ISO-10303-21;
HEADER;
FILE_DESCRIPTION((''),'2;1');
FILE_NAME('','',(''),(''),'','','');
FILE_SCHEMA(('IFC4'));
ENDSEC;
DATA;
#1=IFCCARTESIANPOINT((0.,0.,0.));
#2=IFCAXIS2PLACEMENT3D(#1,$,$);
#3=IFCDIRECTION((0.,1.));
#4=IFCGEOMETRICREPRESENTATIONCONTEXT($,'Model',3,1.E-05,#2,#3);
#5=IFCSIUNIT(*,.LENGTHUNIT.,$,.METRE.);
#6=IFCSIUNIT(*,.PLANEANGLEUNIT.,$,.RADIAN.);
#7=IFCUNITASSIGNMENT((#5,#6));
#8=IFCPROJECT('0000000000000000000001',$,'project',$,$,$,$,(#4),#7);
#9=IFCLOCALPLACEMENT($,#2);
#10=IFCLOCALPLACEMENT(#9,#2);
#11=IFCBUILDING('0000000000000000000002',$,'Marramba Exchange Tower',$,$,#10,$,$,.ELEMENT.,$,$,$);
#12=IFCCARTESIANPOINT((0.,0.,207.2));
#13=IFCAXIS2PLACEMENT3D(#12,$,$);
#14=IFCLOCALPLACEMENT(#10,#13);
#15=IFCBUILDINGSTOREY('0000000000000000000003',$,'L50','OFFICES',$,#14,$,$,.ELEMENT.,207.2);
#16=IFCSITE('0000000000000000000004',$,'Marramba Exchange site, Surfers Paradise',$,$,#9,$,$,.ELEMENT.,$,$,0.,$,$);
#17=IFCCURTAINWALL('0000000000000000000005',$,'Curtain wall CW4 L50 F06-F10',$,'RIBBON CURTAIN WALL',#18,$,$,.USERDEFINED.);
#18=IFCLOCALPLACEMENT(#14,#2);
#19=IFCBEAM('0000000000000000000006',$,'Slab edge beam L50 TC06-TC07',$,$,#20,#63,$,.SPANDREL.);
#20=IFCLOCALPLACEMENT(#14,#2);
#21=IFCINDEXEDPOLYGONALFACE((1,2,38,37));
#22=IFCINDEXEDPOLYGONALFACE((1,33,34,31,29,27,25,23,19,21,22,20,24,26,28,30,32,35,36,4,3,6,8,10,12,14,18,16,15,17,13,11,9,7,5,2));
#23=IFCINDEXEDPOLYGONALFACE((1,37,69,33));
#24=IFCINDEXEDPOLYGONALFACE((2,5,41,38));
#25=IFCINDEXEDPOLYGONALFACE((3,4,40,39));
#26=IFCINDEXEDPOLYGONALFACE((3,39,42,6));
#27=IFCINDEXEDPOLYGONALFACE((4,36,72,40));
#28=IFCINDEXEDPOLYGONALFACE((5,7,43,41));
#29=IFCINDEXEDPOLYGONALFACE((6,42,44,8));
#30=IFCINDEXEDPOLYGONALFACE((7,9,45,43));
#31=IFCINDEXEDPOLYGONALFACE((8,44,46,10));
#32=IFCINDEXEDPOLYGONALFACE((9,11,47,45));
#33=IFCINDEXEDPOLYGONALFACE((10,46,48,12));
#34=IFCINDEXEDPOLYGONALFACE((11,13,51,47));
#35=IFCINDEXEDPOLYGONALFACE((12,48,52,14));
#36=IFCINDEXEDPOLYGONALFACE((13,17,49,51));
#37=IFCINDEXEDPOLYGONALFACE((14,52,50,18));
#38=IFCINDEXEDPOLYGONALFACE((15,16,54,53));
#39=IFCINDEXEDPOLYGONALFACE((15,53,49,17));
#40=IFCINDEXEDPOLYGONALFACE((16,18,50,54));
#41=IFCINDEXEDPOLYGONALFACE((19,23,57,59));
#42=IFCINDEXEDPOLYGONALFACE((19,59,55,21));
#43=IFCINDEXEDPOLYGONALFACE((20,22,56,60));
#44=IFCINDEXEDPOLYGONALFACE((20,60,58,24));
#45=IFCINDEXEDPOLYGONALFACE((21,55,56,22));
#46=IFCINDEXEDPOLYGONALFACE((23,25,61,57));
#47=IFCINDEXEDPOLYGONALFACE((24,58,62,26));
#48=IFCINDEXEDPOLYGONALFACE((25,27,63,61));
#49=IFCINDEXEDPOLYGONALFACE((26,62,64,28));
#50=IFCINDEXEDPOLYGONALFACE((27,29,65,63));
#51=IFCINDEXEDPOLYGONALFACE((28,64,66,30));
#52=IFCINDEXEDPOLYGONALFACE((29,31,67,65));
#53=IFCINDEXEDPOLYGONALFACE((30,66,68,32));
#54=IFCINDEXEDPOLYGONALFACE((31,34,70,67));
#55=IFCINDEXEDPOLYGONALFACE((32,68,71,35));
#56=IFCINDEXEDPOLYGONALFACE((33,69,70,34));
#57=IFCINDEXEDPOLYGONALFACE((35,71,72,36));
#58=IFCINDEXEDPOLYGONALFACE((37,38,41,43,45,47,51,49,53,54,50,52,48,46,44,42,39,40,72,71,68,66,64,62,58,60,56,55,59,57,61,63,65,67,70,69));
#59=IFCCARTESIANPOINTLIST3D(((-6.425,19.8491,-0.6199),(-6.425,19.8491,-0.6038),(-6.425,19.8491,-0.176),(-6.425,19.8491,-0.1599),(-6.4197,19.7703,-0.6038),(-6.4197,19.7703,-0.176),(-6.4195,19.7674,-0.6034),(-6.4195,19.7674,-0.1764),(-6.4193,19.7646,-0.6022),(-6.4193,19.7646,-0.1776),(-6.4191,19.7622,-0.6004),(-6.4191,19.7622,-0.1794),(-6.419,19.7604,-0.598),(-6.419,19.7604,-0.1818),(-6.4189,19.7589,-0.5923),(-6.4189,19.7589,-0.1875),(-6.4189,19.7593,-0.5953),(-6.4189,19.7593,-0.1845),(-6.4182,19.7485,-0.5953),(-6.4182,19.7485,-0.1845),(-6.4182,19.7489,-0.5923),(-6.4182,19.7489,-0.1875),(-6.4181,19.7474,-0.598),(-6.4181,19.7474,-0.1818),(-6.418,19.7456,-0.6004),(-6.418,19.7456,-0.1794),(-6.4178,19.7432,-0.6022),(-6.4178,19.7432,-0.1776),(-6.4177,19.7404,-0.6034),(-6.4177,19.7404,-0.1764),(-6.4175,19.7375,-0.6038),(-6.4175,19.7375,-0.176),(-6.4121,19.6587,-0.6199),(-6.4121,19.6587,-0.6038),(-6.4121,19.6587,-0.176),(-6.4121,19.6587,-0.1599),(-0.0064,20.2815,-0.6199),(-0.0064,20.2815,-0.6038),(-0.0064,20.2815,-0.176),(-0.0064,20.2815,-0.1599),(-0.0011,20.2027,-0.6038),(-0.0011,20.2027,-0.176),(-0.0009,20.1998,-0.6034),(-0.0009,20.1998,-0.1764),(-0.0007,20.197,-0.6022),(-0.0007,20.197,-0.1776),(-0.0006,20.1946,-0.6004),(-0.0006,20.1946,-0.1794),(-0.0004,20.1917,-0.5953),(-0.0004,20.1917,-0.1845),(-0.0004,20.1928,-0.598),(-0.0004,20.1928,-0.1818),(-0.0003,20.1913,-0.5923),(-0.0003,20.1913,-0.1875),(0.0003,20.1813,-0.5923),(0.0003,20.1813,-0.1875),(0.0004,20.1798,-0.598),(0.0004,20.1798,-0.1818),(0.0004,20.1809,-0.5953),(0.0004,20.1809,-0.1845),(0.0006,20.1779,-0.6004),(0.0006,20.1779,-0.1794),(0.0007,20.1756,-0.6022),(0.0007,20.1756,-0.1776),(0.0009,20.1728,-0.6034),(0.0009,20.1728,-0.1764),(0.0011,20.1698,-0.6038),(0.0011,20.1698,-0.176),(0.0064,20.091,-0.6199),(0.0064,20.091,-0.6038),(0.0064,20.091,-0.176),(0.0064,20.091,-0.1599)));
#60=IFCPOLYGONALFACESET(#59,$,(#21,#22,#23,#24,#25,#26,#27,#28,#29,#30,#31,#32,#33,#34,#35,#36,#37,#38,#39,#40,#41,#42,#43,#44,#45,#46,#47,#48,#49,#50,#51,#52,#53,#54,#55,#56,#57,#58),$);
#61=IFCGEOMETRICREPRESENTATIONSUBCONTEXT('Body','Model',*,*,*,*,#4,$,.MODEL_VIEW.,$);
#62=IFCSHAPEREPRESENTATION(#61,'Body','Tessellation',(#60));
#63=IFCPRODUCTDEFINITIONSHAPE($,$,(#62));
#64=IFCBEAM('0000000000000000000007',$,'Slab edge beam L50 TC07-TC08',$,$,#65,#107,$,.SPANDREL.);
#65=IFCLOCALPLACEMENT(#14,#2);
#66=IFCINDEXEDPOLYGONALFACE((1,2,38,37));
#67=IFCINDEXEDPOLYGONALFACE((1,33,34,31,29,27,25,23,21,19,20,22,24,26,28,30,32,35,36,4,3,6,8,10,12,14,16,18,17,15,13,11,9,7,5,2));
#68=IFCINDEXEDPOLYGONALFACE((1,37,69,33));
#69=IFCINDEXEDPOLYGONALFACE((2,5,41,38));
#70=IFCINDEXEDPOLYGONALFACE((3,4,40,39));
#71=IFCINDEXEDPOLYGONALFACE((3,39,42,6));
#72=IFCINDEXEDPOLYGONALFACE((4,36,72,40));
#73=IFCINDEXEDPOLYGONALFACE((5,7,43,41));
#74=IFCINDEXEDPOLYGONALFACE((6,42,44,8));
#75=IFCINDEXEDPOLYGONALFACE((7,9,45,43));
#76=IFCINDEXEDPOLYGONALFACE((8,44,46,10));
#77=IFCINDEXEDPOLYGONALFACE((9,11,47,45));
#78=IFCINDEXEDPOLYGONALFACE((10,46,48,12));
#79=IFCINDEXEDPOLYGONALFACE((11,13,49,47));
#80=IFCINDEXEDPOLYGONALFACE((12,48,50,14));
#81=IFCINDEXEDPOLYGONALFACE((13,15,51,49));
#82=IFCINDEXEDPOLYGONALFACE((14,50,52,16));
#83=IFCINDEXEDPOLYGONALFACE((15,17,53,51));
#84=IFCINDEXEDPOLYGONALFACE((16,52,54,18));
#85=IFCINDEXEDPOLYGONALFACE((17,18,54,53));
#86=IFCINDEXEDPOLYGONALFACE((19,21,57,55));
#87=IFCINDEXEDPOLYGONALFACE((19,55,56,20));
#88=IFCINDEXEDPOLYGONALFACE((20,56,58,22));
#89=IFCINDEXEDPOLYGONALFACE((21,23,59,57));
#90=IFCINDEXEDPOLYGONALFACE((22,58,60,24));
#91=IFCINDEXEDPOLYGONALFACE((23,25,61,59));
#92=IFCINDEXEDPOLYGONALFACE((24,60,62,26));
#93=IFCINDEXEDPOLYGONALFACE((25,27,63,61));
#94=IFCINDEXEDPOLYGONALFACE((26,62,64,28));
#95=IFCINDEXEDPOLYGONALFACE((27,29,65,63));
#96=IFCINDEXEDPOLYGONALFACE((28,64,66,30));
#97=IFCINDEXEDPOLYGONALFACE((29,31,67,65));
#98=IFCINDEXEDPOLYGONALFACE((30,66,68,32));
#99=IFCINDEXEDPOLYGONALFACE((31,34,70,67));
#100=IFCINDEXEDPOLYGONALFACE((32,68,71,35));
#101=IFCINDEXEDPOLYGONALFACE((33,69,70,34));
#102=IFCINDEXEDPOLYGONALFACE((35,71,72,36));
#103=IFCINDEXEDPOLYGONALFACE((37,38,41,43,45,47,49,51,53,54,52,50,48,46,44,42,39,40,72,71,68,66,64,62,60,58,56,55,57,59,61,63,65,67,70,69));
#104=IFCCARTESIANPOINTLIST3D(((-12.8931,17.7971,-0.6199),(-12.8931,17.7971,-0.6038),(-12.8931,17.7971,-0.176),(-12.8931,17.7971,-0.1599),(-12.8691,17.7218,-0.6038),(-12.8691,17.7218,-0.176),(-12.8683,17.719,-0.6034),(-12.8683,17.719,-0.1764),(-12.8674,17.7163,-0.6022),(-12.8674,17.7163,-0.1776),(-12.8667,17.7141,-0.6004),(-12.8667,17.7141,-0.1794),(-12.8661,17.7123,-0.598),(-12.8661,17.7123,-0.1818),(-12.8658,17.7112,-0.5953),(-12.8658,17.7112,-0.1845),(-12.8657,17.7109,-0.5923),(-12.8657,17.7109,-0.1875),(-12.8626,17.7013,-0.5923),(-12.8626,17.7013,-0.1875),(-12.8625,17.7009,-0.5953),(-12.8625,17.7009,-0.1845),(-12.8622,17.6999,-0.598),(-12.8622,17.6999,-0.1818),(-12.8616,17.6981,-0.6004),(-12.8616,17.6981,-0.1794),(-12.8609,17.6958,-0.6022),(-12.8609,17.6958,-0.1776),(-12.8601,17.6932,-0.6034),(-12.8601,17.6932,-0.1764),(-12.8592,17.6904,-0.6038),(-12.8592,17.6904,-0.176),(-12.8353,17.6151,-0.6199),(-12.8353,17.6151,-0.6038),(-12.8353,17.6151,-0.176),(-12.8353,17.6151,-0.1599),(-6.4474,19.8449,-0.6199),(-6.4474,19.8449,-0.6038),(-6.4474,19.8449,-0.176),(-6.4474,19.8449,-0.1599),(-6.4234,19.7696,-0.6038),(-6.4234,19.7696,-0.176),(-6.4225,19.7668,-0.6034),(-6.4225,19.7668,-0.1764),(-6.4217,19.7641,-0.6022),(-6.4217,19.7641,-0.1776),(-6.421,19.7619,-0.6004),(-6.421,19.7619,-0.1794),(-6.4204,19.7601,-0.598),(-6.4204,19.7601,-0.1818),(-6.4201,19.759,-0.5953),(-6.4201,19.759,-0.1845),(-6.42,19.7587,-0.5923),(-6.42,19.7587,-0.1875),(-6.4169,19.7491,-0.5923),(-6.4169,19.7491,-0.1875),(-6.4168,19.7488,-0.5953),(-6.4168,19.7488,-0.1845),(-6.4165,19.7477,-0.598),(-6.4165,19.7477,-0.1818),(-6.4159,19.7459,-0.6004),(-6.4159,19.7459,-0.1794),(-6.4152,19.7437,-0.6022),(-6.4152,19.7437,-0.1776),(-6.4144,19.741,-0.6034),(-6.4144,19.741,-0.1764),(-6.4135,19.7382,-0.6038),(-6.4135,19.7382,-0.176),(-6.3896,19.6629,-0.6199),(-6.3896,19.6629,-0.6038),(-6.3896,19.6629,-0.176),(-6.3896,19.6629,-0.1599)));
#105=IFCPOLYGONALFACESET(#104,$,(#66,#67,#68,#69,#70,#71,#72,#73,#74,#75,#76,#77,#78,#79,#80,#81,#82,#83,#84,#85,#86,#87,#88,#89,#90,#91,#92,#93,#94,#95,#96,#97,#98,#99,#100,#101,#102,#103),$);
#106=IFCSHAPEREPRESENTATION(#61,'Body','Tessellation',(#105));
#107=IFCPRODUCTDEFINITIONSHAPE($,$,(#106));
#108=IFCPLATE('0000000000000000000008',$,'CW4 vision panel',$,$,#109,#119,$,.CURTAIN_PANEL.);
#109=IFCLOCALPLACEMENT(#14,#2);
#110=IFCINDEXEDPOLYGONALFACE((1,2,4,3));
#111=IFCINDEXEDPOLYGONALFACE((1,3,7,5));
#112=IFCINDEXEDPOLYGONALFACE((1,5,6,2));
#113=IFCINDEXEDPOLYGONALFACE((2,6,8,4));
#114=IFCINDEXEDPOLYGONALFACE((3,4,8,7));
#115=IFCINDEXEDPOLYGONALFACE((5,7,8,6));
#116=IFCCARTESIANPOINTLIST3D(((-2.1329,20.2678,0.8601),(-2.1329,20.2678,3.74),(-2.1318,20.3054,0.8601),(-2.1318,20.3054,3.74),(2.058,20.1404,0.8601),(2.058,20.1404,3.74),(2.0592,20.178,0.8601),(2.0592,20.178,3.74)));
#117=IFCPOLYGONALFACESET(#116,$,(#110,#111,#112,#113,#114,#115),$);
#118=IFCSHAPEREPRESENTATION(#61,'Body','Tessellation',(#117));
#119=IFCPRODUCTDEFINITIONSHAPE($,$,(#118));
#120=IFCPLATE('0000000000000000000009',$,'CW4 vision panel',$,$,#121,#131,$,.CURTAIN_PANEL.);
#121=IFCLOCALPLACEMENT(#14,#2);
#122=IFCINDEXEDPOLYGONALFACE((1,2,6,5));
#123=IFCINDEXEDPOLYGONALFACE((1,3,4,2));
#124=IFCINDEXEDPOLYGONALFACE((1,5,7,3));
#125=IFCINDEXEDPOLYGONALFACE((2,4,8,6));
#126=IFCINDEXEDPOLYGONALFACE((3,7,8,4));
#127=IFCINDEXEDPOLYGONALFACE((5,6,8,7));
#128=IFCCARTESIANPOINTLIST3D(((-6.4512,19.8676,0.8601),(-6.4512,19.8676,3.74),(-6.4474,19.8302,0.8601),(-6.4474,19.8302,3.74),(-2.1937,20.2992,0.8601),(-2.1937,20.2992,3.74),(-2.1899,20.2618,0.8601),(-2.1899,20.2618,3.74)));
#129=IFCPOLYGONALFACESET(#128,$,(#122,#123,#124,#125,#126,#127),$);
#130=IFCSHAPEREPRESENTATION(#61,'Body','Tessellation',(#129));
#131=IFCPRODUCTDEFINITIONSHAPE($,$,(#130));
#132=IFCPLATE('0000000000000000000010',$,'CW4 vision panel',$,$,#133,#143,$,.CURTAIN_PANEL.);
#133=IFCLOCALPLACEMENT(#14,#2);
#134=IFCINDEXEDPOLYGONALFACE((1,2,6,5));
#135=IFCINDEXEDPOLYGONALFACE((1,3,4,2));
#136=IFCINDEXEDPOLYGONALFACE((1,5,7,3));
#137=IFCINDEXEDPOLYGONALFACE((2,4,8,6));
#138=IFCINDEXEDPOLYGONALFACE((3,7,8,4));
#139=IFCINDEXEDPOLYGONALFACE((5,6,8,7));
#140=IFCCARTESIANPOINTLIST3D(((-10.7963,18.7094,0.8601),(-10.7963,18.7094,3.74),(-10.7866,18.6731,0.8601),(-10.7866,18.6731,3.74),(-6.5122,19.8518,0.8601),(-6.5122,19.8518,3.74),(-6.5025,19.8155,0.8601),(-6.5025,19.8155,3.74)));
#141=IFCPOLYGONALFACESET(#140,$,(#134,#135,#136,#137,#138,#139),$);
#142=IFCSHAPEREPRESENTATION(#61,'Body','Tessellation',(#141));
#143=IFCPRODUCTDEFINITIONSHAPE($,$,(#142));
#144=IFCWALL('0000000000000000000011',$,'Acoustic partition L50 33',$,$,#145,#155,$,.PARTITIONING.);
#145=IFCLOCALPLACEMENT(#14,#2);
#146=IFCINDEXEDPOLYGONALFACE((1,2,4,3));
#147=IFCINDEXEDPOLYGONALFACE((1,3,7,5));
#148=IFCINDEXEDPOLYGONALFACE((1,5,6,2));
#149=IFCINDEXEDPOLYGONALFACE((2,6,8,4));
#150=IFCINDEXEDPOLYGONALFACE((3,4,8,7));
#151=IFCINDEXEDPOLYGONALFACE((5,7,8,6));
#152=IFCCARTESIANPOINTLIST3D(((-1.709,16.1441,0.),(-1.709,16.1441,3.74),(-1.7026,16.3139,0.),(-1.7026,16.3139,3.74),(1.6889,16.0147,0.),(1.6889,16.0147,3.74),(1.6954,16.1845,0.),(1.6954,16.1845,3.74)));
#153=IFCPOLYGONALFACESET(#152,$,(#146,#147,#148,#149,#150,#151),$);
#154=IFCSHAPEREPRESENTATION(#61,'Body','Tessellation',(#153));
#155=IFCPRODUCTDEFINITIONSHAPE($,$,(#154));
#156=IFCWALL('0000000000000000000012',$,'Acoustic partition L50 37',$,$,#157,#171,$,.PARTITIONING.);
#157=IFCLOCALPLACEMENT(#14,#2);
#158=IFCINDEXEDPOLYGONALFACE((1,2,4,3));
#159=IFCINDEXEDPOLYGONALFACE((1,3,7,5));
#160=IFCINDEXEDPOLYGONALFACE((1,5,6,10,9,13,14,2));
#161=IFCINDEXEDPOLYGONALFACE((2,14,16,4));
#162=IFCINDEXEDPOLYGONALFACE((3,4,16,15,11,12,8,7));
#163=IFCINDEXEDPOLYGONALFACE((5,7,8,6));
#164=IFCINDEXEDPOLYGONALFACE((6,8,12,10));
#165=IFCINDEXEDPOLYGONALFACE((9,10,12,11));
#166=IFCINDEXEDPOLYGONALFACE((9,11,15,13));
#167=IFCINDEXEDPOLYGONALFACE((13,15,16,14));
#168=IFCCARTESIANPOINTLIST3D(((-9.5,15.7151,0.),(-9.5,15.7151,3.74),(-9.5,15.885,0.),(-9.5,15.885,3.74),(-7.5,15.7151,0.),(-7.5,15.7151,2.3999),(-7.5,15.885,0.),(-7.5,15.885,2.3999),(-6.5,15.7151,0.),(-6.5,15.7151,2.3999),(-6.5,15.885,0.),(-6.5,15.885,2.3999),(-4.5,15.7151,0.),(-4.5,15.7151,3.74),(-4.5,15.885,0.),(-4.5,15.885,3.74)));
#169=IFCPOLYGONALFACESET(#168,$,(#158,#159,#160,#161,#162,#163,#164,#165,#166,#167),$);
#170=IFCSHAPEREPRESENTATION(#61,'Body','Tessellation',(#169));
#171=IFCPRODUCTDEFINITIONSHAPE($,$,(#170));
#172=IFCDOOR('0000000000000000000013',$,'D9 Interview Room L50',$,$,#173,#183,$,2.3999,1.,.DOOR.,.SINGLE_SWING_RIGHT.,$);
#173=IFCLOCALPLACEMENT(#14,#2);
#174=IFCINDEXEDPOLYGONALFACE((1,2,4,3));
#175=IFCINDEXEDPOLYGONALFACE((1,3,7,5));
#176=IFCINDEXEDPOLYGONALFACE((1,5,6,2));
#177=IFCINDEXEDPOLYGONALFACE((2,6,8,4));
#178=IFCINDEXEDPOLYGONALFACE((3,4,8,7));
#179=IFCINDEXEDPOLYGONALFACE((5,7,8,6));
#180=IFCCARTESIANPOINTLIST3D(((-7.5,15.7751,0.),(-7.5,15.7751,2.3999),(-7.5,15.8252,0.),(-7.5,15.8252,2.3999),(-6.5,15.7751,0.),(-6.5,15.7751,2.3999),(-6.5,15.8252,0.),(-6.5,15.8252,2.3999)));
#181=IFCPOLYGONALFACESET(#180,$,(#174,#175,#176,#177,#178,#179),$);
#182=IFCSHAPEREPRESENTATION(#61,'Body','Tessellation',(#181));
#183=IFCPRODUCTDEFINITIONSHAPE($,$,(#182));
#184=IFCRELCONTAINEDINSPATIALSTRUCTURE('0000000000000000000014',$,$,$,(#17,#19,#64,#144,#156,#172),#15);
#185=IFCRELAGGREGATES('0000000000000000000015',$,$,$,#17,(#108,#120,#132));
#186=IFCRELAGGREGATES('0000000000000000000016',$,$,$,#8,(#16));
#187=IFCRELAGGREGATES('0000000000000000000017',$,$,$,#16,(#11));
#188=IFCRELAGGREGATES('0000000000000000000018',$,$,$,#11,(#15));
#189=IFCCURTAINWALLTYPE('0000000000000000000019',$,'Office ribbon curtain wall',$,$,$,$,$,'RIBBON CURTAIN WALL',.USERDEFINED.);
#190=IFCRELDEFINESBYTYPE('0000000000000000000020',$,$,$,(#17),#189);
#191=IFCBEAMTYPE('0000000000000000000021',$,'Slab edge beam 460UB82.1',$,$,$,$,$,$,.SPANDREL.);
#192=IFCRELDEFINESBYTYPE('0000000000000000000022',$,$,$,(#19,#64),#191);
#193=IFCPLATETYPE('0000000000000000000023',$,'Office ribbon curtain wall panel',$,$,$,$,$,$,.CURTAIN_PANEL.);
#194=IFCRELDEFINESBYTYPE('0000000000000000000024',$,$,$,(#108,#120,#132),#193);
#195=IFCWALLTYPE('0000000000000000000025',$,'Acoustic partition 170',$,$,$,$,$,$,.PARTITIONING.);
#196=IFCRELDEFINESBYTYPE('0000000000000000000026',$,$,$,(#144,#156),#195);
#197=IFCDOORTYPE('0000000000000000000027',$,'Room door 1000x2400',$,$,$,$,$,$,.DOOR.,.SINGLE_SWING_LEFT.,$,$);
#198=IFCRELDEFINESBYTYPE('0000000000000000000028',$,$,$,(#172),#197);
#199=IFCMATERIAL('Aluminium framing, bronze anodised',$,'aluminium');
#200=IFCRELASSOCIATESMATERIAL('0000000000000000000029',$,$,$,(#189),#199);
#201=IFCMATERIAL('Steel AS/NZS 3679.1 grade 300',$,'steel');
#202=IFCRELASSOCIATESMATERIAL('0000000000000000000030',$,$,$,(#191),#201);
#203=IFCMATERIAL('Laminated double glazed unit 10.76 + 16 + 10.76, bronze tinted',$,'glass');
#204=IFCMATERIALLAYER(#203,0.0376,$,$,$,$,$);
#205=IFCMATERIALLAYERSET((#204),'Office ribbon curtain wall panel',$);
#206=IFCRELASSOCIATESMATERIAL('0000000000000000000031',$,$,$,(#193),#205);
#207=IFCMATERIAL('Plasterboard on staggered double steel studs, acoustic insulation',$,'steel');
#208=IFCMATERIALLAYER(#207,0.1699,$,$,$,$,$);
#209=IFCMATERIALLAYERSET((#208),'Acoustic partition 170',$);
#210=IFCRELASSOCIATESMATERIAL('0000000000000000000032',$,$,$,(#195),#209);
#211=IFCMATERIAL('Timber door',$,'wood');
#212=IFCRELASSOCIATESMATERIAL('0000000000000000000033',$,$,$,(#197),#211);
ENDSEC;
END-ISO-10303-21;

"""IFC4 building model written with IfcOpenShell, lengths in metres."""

from ifc_helpers import new_model, si_unit, direction, frame, frame_2d, origin, origin_2d, place, context, subcontext, project, spatial, rectangle, i_section, extrude, material, layer, layer_set, material_profile, profile_set, type_object, element, fill, aggregate, save


model = new_model("IFC4")

# Units and contexts
model_context = context("Model", 3, precision=1e-05, world=origin(), true_north=direction((0.0, 1.0)))
body_context = subcontext(model_context, "Body", "Model", "MODEL_VIEW")
ifc_project = project(units=[si_unit("LENGTHUNIT", "METRE"), si_unit("PLANEANGLEUNIT", "RADIAN")], contexts=[model_context])

# Site, building, storey
site_placement = place(None, origin())
site = spatial("IfcSite", under=ifc_project, at=site_placement, Name="Marramba Exchange site, Surfers Paradise", CompositionType="ELEMENT", RefElevation=0.0)
building_placement = place(site_placement, origin())
building = spatial("IfcBuilding", under=site, at=building_placement, Name="Marramba Exchange Tower", CompositionType="ELEMENT")
storey_placement = place(building_placement, frame((0.0, 0.0, 207.2)))
storey = spatial("IfcBuildingStorey", under=building, at=storey_placement, Name="L50", Description="OFFICES", CompositionType="ELEMENT", Elevation=207.2)

# Curtain wall
ifc_material_1 = material(Name="Aluminium framing, bronze anodised", Category="aluminium")
curtain_wall_type = type_object("IfcCurtainWallType", Name="Office ribbon curtain wall", ElementType="RIBBON CURTAIN WALL", PredefinedType="USERDEFINED", material=ifc_material_1)
curtain_wall_1_placement = place(storey_placement, origin())
curtain_wall_1 = element("IfcCurtainWall", 1, at=curtain_wall_1_placement, inside=storey, type_object=curtain_wall_type, Name="Curtain wall CW4 L50 F06-F10", ObjectType="RIBBON CURTAIN WALL", PredefinedType="USERDEFINED")

# Beams
ifc_material_2 = material(Name="Steel AS/NZS 3679.1 grade 300", Category="steel")
ifc_material_profile_1 = material_profile(ifc_material_2, i_section(OverallWidth=0.1909, OverallDepth=0.46, WebThickness=0.01, FlangeThickness=0.0161, FilletRadius=0.0115, at=origin_2d()), Name="460UB82.1")
ifc_profile_set_1 = profile_set([ifc_material_profile_1], Name="Steel AS/NZS 3679.1 grade 300")
beam_type_1 = type_object("IfcBeamType", Name="Slab edge beam 460UB82.1", PredefinedType="SPANDREL", material=ifc_profile_set_1)
beam_1_placement = place(storey_placement, frame((0.0, 20.1863, -0.3899), z_axis=(-0.997739, -0.067212, 0.0), x_axis=(0.067212, -0.997739, 0.0)))
element("IfcBeam", 2, at=beam_1_placement, inside=storey, type_object=beam_type_1, Name="Slab edge beam L50 TC06-TC07", PredefinedType="SPANDREL", context=body_context, shape_type="SweptSolid", body=[
    extrude(i_section(OverallWidth=0.1909, OverallDepth=0.46, WebThickness=0.01, FlangeThickness=0.0161, FilletRadius=0.0115, at=origin_2d()), origin(), (0.0, 0.0, 1.0), 6.4331),
])
beam_2_placement = place(storey_placement, frame((-6.4185, 19.7539, -0.3899), z_axis=(-0.953057, -0.302789, 0.0), x_axis=(0.302789, -0.953057, 0.0)))
element("IfcBeam", 3, at=beam_2_placement, inside=storey, type_object=beam_type_1, Name="Slab edge beam L50 TC07-TC08", PredefinedType="SPANDREL", context=body_context, shape_type="SweptSolid", body=[
    extrude(i_section(OverallWidth=0.1909, OverallDepth=0.46, WebThickness=0.01, FlangeThickness=0.0161, FilletRadius=0.0115, at=origin_2d()), origin(), (0.0, 0.0, 1.0), 6.7632),
])

# Plates
ifc_material_3 = material(Name="Laminated double glazed unit 10.76 + 16 + 10.76, bronze tinted", Category="glass")
ifc_layer_1 = layer(ifc_material_3, 0.0376)
ifc_layer_set_1 = layer_set([ifc_layer_1], Name="Office ribbon curtain wall panel")
plate_type = type_object("IfcPlateType", Name="Office ribbon curtain wall panel", PredefinedType="CURTAIN_PANEL", material=ifc_layer_set_1)
plate_1_placement = place(storey_placement, frame((-0.0369, 20.2229, 0.8601), z_axis=(0.0, 0.0, 1.0), x_axis=(-0.999538, 0.030394, 0.0)))
plate_1 = element("IfcPlate", 4, at=plate_1_placement, type_object=plate_type, Name="CW4 vision panel", PredefinedType="CURTAIN_PANEL", context=body_context, shape_type="SweptSolid", body=[
    extrude(rectangle(XDim=4.1929, YDim=0.0376, at=origin_2d()), origin(), (0.0, 0.0, 1.0), 2.8799),
])
plate_2_placement = place(storey_placement, frame((-4.3206, 20.0647, 0.8601), z_axis=(0.0, 0.0, 1.0), x_axis=(-0.9949, -0.100863, 0.0)))
plate_2 = element("IfcPlate", 5, at=plate_2_placement, type_object=plate_type, Name="CW4 vision panel", PredefinedType="CURTAIN_PANEL", context=body_context, shape_type="SweptSolid", body=[
    extrude(rectangle(XDim=4.2793, YDim=0.0376, at=origin_2d()), origin(), (0.0, 0.0, 1.0), 2.8799),
])
plate_3_placement = place(storey_placement, frame((-8.6494, 19.2625, 0.8601), z_axis=(0.0, 0.0, 1.0), x_axis=(-0.966241, -0.257641, 0.0)))
plate_3 = element("IfcPlate", 6, at=plate_3_placement, type_object=plate_type, Name="CW4 vision panel", PredefinedType="CURTAIN_PANEL", context=body_context, shape_type="SweptSolid", body=[
    extrude(rectangle(XDim=4.4338, YDim=0.0376, at=origin_2d()), origin(), (0.0, 0.0, 1.0), 2.8799),
])
aggregate(curtain_wall_1, [plate_1, plate_2, plate_3])

# Wall
ifc_material_4 = material(Name="Plasterboard on staggered double steel studs, acoustic insulation", Category="steel")
ifc_layer_2 = layer(ifc_material_4, 0.1699)
ifc_layer_set_2 = layer_set([ifc_layer_2], Name="Acoustic partition 170")
wall_type = type_object("IfcWallType", Name="Acoustic partition 170", PredefinedType="PARTITIONING", material=ifc_layer_set_2)
wall_1_placement = place(storey_placement, frame((-1.7058, 16.229, 0.0), z_axis=(0.0, 0.0, 1.0), x_axis=(0.999276, -0.038053, 0.0)))
element("IfcWall", 7, at=wall_1_placement, inside=storey, type_object=wall_type, Name="Acoustic partition L50 33", PredefinedType="PARTITIONING", context=body_context, shape_type="SweptSolid", body=[
    extrude(rectangle(XDim=3.4004, YDim=0.1699, at=frame_2d((1.7002, 0.0))), origin(), (0.0, 0.0, 1.0), 3.74),
])

# Wall, opening, door
ifc_material_5 = material(Name="Timber door", Category="wood")
door_type = type_object("IfcDoorType", Name="Room door 1000x2400", OperationType="SINGLE_SWING_LEFT", PredefinedType="DOOR", material=ifc_material_5)
wall_2_placement = place(storey_placement, frame((-4.5, 15.8, 0.0), z_axis=(0.0, 0.0, 1.0), x_axis=(-1.0, 0.0, 0.0)))
wall_2 = element("IfcWall", 8, at=wall_2_placement, inside=storey, type_object=wall_type, Name="Acoustic partition L50 37", PredefinedType="PARTITIONING", context=body_context, shape_type="SweptSolid", body=[
    extrude(rectangle(XDim=5.0, YDim=0.1699, at=frame_2d((2.5, 0.0))), origin(), (0.0, 0.0, 1.0), 3.74),
])
opening_1_placement = place(wall_2_placement, frame((2.0, 0.0, 0.0)))
opening_1 = element("IfcOpeningElement", 9, at=opening_1_placement, cuts=wall_2, PredefinedType="OPENING", context=body_context, shape_type="SweptSolid", body=[
    extrude(rectangle(XDim=1.0, YDim=2.3999, at=frame_2d((0.5, 1.2))), frame((0.0, 0.095, 0.0), z_axis=(0.0, -1.0, 0.0), x_axis=(1.0, 0.0, 0.0)), (0.0, 0.0, 1.0), 0.1899),
])
door_1_placement = place(opening_1_placement, origin())
door_1 = element("IfcDoor", 10, at=door_1_placement, inside=storey, type_object=door_type, Name="D9 Interview Room L50", OperationType="SINGLE_SWING_RIGHT", OverallHeight=2.3999, OverallWidth=1.0, PredefinedType="DOOR", context=body_context, shape_type="SweptSolid", body=[
    extrude(rectangle(XDim=1.0, YDim=2.3999, at=frame_2d((0.5, 1.2))), frame((0.0, 0.0249, 0.0), z_axis=(0.0, -1.0, 0.0), x_axis=(1.0, 0.0, 0.0)), (0.0, 0.0, 1.0), 0.05),
])
fill(opening_1, door_1)

save(model, "model.ifc")
